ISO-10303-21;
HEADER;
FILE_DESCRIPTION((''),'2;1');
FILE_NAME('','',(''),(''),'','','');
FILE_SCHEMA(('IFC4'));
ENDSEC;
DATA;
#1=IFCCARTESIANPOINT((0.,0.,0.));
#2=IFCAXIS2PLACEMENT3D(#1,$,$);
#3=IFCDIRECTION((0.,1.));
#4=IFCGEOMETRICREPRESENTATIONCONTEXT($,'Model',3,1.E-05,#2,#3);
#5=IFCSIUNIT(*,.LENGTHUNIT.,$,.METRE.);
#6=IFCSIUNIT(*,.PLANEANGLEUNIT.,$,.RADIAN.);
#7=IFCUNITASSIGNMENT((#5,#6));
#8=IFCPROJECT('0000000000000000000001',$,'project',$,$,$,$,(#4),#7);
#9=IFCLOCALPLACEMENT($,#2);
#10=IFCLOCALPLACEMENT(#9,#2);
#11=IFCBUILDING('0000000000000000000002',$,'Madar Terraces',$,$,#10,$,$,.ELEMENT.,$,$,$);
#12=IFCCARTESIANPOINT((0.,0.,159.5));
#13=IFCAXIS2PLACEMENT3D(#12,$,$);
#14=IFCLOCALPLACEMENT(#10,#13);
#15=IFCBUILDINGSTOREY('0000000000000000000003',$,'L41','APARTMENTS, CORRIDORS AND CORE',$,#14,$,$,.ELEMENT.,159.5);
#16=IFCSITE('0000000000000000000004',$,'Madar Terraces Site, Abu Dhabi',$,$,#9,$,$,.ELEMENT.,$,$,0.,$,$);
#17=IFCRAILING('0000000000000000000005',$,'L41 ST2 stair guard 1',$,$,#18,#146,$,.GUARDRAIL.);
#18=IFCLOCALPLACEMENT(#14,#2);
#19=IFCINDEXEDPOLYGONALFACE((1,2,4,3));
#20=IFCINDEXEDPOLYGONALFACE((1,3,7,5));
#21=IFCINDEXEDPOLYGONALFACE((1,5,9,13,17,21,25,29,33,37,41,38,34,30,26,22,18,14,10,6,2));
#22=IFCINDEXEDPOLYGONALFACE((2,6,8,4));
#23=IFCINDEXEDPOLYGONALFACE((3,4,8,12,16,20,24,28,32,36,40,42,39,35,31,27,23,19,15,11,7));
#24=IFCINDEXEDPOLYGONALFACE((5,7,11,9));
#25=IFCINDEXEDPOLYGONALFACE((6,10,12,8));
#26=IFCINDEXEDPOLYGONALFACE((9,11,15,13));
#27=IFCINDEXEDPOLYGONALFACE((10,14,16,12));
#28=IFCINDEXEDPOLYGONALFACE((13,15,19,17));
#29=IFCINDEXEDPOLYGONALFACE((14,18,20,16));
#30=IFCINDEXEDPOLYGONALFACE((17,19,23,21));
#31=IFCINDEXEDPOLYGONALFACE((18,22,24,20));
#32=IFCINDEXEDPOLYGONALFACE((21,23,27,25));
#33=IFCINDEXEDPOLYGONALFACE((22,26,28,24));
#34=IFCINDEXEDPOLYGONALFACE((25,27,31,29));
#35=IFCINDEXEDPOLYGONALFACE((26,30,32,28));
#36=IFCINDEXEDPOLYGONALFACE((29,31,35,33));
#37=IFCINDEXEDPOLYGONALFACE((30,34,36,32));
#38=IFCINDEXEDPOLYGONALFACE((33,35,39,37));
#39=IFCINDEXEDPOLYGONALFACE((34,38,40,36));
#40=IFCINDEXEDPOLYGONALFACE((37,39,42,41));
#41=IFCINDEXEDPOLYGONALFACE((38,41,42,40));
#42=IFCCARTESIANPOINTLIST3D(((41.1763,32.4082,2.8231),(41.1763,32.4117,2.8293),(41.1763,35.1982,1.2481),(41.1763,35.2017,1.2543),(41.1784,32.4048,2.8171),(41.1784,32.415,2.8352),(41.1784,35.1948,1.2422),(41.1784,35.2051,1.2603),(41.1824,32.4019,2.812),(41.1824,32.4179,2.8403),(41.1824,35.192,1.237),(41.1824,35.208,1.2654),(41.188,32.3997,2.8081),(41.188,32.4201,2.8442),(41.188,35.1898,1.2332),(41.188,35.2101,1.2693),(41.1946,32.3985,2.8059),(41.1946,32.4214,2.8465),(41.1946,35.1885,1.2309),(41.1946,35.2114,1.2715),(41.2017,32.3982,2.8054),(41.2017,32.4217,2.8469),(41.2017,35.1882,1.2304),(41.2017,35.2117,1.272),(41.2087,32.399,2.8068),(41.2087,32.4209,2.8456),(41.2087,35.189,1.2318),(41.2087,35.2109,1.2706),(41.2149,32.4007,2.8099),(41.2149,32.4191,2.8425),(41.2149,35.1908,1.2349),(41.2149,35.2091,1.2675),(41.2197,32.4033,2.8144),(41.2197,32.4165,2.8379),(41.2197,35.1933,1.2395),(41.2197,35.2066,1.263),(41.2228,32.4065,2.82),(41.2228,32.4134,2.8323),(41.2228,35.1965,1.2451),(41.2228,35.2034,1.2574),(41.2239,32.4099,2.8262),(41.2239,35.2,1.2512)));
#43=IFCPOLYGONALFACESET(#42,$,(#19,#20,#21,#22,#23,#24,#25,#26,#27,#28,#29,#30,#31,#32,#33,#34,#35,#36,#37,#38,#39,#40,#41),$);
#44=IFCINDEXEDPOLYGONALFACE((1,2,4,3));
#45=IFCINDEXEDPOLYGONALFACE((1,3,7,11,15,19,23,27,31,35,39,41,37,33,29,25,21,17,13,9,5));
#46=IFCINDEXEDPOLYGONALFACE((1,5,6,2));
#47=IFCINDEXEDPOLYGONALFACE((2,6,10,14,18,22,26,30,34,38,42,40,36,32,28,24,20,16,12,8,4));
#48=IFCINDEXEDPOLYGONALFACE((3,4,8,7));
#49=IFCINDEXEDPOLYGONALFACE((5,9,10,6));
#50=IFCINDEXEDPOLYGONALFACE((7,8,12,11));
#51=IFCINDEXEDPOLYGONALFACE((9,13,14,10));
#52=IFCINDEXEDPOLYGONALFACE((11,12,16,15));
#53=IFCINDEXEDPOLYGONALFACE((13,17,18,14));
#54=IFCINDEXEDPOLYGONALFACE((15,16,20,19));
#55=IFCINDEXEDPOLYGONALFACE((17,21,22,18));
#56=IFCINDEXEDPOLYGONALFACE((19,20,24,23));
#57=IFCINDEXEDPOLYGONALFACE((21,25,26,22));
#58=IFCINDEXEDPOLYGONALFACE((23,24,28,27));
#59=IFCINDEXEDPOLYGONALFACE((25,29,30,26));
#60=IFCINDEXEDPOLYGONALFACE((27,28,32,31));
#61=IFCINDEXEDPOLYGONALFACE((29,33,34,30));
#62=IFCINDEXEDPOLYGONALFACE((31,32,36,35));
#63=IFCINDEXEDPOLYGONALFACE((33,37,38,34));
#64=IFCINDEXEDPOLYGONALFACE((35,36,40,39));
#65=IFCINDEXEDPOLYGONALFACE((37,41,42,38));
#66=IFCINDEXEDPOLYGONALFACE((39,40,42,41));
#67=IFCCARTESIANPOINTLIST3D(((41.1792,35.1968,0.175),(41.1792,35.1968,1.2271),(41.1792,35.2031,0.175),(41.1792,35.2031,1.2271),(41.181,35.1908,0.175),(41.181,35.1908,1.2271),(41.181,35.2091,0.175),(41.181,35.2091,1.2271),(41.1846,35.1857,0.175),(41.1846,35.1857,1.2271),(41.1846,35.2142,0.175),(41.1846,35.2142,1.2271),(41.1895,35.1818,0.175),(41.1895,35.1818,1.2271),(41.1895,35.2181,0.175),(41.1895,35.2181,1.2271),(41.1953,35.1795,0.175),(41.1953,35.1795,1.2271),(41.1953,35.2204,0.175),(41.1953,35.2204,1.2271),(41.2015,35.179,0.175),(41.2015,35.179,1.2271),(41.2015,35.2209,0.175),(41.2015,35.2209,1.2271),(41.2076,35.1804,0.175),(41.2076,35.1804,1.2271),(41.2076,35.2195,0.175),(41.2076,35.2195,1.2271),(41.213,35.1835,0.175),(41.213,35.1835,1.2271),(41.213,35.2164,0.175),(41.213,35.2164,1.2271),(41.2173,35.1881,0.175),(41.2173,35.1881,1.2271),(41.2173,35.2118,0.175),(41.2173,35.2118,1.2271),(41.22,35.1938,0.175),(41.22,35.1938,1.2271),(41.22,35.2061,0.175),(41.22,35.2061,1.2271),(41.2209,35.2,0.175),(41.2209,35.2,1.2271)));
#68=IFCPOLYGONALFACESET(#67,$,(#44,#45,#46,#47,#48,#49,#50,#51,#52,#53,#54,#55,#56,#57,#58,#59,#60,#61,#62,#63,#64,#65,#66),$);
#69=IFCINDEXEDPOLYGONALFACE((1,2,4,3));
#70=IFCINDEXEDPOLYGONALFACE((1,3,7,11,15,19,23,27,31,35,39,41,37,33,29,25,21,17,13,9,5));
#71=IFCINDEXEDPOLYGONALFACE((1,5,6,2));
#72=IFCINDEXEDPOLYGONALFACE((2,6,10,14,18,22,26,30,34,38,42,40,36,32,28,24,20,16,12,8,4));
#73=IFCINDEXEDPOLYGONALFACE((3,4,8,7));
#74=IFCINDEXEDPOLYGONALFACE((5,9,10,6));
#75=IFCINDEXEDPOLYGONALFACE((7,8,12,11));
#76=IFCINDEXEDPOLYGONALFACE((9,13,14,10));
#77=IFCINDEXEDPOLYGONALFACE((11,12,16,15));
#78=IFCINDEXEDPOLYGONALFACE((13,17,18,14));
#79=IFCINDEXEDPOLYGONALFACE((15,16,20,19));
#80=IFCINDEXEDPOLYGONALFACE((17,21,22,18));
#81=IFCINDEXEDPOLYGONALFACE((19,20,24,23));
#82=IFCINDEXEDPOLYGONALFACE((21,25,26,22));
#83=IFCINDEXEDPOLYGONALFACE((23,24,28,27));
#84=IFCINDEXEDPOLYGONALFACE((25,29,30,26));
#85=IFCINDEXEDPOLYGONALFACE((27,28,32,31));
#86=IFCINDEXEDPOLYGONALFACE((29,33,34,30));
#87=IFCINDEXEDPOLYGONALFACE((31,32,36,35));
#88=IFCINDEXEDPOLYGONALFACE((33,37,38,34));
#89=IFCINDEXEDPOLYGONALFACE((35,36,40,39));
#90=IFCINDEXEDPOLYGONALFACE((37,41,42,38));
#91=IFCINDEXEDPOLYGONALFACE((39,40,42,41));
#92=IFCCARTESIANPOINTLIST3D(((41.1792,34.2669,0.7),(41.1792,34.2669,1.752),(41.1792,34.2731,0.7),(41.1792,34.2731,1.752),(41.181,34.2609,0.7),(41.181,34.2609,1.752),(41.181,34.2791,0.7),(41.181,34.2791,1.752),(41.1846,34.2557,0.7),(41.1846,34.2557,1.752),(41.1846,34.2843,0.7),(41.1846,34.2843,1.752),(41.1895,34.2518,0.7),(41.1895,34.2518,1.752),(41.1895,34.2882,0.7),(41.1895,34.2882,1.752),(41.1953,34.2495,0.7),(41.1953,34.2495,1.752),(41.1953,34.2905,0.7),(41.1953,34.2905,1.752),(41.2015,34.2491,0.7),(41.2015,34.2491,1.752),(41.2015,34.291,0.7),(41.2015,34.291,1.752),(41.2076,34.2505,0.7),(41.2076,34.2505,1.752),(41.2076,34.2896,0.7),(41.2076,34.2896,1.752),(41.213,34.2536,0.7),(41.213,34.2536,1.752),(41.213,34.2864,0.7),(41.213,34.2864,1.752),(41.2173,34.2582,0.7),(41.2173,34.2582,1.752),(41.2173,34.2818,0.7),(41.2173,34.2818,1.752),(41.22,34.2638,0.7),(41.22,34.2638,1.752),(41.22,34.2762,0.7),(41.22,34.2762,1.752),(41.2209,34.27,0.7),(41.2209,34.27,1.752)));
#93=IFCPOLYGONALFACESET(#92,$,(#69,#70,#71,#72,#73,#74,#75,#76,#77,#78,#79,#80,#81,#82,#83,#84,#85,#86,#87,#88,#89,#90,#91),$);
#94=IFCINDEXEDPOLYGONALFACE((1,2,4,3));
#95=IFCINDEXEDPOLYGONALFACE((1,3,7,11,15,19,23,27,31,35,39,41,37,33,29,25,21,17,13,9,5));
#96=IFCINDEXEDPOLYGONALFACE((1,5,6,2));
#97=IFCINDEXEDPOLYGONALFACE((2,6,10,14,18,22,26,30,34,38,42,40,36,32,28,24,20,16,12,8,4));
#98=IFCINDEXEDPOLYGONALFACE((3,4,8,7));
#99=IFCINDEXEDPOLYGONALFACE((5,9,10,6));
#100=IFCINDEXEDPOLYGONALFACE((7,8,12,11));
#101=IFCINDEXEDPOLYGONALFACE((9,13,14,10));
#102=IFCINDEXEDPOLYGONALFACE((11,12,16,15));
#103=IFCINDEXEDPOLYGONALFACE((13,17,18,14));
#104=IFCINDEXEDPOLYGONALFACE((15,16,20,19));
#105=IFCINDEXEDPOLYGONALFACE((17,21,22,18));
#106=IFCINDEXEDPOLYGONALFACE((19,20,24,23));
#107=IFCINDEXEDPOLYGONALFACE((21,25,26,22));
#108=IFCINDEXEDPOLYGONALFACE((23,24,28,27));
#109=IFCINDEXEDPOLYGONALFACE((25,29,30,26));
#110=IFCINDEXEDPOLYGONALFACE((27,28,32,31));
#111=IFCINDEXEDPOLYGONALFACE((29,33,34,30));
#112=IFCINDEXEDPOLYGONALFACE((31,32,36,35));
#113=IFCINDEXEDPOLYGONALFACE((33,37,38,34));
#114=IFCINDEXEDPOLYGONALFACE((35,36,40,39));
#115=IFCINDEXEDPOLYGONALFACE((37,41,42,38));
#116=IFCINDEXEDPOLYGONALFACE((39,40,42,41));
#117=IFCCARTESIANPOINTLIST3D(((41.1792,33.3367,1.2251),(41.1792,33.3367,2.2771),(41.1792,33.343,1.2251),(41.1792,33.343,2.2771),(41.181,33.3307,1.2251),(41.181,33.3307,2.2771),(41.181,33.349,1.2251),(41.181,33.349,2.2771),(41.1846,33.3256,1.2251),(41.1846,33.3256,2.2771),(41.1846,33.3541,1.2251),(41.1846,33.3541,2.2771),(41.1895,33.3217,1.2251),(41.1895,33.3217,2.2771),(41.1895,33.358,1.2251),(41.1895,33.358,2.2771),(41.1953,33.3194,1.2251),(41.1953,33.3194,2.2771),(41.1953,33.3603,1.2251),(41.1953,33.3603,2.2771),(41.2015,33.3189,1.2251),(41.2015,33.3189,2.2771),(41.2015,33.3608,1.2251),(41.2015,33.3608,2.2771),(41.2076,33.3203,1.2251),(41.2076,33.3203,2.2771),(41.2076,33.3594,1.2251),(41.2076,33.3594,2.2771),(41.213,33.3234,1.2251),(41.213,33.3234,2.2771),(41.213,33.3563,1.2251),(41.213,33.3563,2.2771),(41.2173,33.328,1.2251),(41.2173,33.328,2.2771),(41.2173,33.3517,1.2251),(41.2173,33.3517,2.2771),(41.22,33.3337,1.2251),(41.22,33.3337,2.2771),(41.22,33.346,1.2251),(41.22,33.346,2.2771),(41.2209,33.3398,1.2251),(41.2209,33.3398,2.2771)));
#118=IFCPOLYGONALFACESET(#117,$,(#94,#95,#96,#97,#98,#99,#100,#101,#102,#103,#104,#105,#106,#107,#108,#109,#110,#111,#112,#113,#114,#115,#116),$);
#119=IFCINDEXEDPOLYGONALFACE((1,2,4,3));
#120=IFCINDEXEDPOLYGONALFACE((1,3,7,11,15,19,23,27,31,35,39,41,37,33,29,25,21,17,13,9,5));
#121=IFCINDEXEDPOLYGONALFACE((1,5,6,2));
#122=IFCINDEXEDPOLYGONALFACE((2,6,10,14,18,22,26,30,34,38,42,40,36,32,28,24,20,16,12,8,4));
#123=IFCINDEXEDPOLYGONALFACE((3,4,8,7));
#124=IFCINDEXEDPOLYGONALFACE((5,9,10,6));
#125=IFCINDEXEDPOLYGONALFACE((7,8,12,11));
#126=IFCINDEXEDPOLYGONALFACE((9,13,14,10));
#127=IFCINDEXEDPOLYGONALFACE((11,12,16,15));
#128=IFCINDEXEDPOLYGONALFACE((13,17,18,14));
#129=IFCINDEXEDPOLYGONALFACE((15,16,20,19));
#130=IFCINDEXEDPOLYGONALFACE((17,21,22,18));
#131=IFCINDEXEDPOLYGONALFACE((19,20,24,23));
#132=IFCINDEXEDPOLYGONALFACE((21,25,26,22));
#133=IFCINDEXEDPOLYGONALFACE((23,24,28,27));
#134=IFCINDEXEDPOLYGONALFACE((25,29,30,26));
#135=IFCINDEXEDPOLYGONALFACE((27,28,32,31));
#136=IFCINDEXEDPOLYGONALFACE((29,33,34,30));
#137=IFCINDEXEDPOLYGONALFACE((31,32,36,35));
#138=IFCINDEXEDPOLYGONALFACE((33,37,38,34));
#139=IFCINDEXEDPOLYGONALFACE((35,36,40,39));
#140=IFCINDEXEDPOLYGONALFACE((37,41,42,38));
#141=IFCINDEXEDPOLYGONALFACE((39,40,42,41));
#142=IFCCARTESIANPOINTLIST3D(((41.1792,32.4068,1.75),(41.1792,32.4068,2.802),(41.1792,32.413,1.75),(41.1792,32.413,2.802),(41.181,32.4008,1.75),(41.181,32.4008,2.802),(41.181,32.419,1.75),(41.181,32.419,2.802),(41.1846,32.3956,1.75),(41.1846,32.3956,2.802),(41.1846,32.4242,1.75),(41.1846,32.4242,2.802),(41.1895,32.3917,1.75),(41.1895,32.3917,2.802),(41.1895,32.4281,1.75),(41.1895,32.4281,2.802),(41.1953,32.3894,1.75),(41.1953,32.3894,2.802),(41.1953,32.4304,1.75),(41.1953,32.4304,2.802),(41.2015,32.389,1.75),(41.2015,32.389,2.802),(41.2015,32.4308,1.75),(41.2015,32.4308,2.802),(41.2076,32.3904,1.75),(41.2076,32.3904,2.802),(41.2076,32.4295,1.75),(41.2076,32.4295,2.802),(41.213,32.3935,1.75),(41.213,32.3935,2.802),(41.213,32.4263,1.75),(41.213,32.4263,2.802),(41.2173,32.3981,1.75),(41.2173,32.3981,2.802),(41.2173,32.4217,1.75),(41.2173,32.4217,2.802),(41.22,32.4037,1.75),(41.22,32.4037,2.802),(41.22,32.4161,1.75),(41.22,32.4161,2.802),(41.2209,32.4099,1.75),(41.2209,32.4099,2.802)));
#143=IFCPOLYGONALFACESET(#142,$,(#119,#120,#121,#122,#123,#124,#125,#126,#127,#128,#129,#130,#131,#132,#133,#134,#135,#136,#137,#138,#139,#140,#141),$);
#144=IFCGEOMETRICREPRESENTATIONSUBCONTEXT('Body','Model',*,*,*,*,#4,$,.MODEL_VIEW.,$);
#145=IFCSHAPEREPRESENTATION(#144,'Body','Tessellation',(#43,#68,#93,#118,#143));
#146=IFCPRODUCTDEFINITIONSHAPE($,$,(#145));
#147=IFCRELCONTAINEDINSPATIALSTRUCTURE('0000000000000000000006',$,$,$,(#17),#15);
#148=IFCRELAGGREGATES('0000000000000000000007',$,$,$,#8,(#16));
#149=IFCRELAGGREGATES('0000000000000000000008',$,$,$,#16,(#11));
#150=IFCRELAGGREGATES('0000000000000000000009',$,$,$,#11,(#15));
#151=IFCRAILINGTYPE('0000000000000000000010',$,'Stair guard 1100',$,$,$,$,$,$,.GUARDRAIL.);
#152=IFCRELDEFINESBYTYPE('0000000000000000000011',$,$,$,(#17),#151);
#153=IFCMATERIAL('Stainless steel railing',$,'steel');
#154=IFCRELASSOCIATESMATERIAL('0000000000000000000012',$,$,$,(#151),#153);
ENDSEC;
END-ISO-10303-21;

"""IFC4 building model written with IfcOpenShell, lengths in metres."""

from ifc_helpers import new_model, si_unit, direction, frame, origin, origin_2d, place, context, subcontext, project, spatial, circle, extrude, material, type_object, element, save


model = new_model("IFC4")

# Units and contexts
model_context = context("Model", 3, precision=1e-05, world=origin(), true_north=direction((0.0, 1.0)))
body_context = subcontext(model_context, "Body", "Model", "MODEL_VIEW")
ifc_project = project(units=[si_unit("LENGTHUNIT", "METRE"), si_unit("PLANEANGLEUNIT", "RADIAN")], contexts=[model_context])

# Site, building, storey
site_placement = place(None, origin())
site = spatial("IfcSite", under=ifc_project, at=site_placement, Name="Madar Terraces Site, Abu Dhabi", CompositionType="ELEMENT", RefElevation=0.0)
building_placement = place(site_placement, origin())
building = spatial("IfcBuilding", under=site, at=building_placement, Name="Madar Terraces", CompositionType="ELEMENT")
storey_placement = place(building_placement, frame((0.0, 0.0, 159.5)))
storey = spatial("IfcBuildingStorey", under=building, at=storey_placement, Name="L41", Description="APARTMENTS, CORRIDORS AND CORE", CompositionType="ELEMENT", Elevation=159.5)

# Railing
ifc_material_1 = material(Name="Stainless steel railing", Category="steel")
railing_type_1 = type_object("IfcRailingType", Name="Stair guard 1100", PredefinedType="GUARDRAIL", material=ifc_material_1)
railing_1_placement = place(storey_placement, frame((41.2, 35.2, 0.175)))
element("IfcRailing", 1, at=railing_1_placement, inside=storey, type_object=railing_type_1, Name="L41 ST2 stair guard 1", PredefinedType="GUARDRAIL", context=body_context, shape_type="SweptSolid", body=[
    extrude(circle(Radius=0.0239, at=origin_2d()), frame((0.0, 0.0, 1.0762), z_axis=(0.0, -0.870834, 0.491578), x_axis=(1.0, 0.0, 0.0)), (0.0, 0.0, 1.0), 3.2039),
    extrude(circle(Radius=0.021, at=origin_2d()), origin(), (0.0, 0.0, 1.0), 1.052),
    extrude(circle(Radius=0.021, at=origin_2d()), frame((0.0, -0.9299, 0.5249)), (0.0, 0.0, 1.0), 1.052),
    extrude(circle(Radius=0.021, at=origin_2d()), frame((0.0, -1.8601, 1.05)), (0.0, 0.0, 1.0), 1.052),
    extrude(circle(Radius=0.021, at=origin_2d()), frame((0.0, -2.79, 1.575)), (0.0, 0.0, 1.0), 1.052),
])

save(model, "model.ifc")
